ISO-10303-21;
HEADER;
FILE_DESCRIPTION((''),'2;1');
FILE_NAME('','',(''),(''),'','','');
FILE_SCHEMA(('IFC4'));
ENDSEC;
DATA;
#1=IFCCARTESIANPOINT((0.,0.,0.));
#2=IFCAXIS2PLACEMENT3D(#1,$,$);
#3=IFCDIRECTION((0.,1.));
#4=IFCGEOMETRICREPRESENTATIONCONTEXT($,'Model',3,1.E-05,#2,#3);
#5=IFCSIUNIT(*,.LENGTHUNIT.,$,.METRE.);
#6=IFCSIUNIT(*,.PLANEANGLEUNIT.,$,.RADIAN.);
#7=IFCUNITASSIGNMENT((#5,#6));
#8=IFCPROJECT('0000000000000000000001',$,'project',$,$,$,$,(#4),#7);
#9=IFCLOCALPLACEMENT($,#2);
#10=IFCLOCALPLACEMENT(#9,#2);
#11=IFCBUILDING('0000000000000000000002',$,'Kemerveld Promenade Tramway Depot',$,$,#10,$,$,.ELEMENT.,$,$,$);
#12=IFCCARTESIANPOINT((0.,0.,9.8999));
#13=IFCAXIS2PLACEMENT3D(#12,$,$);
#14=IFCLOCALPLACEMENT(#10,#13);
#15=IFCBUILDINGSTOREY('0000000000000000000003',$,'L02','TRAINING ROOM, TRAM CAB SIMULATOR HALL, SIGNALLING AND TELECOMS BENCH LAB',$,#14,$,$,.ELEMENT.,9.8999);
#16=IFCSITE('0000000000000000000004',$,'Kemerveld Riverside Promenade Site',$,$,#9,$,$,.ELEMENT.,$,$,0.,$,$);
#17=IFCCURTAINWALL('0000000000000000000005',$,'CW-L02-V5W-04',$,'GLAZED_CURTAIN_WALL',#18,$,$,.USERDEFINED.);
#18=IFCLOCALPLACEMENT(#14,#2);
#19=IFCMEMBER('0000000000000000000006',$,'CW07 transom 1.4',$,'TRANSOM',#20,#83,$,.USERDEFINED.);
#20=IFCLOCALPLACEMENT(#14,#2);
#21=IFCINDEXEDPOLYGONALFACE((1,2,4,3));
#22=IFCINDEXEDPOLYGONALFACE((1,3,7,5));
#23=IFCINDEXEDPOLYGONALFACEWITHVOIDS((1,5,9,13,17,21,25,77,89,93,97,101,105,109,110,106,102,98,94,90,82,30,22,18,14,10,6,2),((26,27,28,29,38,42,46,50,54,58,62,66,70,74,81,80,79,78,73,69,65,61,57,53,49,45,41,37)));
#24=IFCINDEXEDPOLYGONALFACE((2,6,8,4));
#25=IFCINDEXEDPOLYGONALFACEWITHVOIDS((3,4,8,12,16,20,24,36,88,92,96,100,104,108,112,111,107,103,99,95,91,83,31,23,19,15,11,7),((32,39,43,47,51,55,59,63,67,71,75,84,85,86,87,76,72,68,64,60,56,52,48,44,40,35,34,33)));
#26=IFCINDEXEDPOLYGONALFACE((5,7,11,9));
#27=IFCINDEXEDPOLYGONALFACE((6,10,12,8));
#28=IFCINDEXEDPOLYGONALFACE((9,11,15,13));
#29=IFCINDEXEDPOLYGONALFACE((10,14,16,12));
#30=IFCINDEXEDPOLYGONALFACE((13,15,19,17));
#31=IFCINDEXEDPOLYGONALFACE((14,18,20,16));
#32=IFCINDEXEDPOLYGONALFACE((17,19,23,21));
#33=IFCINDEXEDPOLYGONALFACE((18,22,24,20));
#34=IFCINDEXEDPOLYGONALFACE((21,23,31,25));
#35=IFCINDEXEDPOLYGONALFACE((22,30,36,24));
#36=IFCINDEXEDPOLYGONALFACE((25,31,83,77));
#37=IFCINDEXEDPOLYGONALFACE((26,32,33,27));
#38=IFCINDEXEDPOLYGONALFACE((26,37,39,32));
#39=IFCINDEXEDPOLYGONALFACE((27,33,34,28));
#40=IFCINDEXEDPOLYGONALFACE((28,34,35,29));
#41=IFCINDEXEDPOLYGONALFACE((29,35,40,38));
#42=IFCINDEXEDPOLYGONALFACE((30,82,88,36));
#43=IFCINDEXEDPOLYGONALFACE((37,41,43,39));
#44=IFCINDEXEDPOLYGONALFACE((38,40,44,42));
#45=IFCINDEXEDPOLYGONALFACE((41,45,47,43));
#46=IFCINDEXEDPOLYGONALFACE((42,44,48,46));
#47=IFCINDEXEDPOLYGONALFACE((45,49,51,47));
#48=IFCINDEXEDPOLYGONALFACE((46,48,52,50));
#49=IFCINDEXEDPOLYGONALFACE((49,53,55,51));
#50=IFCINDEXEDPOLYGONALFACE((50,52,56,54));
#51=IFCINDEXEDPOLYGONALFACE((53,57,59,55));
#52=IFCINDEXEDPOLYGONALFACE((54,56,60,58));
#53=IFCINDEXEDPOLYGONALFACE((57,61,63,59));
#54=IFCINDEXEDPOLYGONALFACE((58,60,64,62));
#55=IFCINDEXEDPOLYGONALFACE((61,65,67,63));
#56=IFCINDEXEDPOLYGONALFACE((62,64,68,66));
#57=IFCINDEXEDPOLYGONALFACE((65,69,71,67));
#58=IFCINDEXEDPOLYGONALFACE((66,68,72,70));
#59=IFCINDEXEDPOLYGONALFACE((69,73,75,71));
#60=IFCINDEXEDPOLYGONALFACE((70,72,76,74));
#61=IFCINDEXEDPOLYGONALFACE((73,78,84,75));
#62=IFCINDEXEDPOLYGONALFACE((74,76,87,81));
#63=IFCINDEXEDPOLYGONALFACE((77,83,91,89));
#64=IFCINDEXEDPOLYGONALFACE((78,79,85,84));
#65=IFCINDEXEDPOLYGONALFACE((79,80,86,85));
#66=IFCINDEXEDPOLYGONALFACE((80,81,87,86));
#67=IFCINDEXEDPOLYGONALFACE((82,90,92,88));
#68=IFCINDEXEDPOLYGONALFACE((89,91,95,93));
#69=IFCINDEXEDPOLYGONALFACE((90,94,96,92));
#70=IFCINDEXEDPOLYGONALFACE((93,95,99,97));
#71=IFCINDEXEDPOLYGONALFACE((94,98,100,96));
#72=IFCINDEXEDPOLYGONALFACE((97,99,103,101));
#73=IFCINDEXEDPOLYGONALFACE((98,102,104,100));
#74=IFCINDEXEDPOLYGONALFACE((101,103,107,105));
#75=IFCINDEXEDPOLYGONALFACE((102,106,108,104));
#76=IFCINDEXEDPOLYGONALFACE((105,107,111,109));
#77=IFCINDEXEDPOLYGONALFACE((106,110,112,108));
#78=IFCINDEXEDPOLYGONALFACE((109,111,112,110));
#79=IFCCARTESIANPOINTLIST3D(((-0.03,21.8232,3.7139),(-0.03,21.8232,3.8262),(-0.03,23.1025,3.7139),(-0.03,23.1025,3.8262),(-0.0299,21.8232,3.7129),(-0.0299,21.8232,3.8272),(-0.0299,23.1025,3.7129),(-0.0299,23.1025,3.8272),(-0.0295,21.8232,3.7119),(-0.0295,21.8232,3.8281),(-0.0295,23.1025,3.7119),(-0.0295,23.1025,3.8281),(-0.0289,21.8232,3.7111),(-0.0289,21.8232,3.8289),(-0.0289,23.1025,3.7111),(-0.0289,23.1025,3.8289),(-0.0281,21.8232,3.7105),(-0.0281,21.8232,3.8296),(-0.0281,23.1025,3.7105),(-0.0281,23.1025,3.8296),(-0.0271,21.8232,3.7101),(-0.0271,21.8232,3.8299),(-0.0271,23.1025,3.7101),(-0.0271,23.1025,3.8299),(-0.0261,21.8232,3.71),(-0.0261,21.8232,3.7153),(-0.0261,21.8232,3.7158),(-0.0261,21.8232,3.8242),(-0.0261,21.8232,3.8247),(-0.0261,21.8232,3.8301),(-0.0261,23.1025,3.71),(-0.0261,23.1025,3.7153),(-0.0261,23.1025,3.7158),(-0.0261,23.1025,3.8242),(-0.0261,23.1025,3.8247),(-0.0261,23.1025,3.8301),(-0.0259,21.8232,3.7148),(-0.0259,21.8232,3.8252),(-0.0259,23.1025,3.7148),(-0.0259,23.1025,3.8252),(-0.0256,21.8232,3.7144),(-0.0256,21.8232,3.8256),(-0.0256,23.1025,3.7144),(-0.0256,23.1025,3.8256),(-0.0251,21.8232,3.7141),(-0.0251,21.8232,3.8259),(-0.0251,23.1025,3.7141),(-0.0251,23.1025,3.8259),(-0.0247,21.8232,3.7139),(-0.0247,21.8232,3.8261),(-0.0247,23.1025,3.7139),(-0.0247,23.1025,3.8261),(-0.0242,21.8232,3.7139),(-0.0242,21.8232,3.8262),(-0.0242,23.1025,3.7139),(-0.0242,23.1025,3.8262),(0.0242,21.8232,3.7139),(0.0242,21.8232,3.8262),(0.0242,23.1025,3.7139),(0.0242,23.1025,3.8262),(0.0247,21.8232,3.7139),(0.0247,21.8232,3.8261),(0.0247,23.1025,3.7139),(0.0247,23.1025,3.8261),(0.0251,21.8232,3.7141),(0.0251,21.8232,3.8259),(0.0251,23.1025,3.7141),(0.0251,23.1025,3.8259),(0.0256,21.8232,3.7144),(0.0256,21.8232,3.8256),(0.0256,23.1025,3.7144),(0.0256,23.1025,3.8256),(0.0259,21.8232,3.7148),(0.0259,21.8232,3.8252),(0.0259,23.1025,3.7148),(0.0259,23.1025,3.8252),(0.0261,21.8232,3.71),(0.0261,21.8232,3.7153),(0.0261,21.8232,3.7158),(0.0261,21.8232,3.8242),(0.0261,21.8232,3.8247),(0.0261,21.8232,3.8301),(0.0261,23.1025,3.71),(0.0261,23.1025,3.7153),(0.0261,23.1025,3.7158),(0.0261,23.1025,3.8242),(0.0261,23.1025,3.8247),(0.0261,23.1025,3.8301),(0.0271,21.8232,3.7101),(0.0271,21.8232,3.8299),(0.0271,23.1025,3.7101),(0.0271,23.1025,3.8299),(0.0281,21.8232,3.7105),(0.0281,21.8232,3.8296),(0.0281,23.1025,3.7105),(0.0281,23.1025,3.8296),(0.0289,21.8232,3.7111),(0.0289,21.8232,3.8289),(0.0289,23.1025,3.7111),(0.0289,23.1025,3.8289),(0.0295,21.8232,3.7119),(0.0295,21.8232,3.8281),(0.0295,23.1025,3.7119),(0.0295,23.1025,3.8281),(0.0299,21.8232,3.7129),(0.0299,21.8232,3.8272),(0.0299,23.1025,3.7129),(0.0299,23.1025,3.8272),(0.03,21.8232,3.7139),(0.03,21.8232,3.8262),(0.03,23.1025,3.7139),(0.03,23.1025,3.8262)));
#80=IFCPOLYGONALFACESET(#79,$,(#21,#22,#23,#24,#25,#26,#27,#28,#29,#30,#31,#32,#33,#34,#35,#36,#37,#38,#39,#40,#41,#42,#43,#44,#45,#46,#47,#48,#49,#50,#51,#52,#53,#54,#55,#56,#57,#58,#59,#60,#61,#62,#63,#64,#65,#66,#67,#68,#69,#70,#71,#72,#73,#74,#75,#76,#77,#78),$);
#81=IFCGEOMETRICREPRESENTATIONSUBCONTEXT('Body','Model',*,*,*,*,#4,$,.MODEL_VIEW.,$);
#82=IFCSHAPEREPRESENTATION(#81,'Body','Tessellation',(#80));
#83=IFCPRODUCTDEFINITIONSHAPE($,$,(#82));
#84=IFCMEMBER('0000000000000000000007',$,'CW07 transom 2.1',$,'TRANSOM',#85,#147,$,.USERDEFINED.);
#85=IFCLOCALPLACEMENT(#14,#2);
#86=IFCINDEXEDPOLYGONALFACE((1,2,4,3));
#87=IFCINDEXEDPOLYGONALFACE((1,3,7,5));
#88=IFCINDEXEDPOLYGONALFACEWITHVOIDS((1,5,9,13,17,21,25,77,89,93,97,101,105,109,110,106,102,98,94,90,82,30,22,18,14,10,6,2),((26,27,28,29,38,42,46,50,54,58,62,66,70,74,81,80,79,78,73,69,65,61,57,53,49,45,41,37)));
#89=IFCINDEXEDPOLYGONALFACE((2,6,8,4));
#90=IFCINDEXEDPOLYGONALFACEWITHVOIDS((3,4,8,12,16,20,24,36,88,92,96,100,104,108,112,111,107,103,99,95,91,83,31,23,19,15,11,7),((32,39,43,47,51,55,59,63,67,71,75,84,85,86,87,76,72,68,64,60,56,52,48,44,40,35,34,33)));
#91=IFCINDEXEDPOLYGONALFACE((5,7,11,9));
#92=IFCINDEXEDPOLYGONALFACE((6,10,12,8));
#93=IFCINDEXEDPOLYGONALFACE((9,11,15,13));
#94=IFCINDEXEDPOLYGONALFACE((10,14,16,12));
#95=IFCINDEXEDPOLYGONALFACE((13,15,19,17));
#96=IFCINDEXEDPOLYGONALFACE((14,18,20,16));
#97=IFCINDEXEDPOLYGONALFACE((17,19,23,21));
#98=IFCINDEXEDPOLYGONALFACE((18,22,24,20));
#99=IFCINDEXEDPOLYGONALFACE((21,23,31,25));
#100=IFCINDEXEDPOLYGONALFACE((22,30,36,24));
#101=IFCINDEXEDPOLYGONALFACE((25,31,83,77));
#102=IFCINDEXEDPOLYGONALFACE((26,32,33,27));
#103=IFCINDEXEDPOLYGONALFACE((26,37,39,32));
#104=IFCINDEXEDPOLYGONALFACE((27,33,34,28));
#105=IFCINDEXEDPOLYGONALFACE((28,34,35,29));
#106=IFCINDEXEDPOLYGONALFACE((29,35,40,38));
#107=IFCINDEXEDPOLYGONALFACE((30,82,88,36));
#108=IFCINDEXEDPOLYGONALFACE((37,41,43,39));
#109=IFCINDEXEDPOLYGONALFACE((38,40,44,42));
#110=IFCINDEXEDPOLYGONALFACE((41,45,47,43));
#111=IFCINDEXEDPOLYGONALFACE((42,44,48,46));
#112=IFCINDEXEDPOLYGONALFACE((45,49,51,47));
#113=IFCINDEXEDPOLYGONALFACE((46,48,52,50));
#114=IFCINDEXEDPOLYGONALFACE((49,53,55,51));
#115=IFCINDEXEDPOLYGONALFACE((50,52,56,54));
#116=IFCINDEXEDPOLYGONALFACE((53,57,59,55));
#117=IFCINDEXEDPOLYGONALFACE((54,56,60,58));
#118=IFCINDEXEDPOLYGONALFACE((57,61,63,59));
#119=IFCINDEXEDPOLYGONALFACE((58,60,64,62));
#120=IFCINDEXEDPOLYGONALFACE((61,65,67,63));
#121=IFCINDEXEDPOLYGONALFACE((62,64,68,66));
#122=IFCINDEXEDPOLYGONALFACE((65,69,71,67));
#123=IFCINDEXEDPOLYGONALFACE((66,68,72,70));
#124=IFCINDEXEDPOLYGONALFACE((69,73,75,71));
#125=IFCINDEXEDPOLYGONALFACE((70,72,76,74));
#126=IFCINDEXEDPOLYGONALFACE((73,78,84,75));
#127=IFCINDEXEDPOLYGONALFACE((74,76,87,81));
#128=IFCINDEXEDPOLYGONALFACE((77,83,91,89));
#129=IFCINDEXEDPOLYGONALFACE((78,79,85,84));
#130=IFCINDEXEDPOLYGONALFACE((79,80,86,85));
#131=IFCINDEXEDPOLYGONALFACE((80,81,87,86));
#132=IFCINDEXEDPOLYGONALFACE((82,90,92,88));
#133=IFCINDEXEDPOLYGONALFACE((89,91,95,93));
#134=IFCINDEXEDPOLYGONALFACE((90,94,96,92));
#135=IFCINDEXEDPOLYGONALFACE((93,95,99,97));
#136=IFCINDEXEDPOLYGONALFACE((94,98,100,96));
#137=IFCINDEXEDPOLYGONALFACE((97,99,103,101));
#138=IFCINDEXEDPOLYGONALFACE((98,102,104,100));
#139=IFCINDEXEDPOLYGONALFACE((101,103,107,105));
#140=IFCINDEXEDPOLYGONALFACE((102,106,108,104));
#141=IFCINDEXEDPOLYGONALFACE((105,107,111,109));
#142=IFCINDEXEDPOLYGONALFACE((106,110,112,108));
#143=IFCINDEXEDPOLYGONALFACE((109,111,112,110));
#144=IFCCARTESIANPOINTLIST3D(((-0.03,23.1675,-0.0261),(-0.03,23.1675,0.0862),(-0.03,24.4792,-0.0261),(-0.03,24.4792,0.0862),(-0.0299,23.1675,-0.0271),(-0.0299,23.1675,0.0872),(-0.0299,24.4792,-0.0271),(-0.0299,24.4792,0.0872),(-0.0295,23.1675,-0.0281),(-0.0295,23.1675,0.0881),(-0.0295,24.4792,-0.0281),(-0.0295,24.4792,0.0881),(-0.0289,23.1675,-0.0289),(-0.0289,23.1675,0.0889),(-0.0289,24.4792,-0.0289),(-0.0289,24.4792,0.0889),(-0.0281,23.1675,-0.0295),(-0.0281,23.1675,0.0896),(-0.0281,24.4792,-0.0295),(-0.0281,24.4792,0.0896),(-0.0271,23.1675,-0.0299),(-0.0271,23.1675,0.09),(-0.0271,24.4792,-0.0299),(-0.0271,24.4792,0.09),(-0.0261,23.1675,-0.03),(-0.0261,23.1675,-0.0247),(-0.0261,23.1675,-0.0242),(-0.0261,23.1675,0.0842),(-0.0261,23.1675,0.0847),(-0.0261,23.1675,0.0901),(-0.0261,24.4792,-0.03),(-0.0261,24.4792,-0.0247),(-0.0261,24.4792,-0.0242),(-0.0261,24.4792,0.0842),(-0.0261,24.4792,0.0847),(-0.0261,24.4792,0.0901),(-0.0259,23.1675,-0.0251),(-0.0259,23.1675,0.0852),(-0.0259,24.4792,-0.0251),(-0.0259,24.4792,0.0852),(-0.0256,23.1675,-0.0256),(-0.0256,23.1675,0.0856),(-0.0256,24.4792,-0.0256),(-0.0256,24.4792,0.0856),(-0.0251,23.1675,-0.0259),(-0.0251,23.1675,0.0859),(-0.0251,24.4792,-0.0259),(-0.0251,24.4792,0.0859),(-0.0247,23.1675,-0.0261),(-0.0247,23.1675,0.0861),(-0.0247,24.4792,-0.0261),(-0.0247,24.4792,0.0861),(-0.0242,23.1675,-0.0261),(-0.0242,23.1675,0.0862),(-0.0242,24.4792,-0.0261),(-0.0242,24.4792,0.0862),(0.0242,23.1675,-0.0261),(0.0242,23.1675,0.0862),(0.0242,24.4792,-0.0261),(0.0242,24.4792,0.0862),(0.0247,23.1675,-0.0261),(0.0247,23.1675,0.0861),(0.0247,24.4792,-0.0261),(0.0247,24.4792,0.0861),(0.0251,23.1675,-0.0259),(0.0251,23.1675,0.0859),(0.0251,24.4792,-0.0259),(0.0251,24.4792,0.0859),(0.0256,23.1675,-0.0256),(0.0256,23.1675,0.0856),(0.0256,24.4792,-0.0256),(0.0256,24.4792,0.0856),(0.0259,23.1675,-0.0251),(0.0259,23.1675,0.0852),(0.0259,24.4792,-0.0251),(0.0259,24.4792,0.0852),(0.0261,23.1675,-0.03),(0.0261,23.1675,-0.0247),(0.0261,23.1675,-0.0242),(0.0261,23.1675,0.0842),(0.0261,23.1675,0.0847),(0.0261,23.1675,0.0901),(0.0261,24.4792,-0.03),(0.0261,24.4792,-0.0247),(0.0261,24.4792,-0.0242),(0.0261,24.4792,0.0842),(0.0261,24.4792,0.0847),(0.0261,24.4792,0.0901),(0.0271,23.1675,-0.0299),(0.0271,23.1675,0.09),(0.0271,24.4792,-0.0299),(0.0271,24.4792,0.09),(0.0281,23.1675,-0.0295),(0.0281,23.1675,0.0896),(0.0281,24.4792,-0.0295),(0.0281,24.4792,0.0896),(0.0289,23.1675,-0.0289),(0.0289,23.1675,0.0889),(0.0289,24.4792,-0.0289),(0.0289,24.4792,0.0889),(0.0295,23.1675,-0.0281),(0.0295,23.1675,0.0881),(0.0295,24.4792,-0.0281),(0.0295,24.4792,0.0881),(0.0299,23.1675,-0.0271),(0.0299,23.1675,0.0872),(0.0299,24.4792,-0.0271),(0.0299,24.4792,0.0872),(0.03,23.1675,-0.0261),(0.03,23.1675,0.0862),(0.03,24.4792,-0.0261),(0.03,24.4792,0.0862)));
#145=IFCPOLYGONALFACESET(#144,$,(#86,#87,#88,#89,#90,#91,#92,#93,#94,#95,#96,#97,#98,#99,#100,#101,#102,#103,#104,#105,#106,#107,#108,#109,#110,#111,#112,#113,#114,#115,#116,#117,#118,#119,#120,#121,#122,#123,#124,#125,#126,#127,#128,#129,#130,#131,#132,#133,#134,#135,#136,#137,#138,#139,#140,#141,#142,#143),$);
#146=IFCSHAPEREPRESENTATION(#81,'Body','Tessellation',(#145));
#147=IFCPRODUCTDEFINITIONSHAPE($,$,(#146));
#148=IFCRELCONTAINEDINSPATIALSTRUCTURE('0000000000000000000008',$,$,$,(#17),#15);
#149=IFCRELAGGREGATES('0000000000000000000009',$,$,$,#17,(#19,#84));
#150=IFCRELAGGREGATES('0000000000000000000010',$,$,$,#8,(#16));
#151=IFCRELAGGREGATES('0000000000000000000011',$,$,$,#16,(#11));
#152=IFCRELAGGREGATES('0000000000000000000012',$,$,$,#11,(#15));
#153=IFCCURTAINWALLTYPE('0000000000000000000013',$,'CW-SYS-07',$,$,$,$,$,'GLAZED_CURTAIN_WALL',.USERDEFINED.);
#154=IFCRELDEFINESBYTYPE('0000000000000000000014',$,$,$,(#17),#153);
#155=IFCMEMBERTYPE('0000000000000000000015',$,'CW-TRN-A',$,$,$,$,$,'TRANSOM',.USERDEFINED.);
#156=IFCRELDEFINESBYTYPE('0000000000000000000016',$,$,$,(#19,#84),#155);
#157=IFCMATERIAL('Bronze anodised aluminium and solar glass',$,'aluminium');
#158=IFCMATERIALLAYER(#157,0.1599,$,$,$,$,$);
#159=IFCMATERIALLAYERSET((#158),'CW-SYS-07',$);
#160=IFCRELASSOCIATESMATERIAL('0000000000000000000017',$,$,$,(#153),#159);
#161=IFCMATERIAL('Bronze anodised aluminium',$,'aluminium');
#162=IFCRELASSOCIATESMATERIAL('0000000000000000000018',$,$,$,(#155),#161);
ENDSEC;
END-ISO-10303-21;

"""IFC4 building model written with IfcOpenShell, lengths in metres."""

from ifc_helpers import new_model, si_unit, direction, frame, origin, origin_2d, place, context, subcontext, project, spatial, hollow_rectangle, extrude, material, layer, layer_set, material_profile, profile_set, type_object, element, aggregate, save


model = new_model("IFC4")

# Units and contexts
model_context = context("Model", 3, precision=1e-05, world=origin(), true_north=direction((0.0, 1.0)))
body_context = subcontext(model_context, "Body", "Model", "MODEL_VIEW")
ifc_project = project(units=[si_unit("LENGTHUNIT", "METRE"), si_unit("PLANEANGLEUNIT", "RADIAN")], contexts=[model_context])

# Site, building, storey
site_placement = place(None, origin())
site = spatial("IfcSite", under=ifc_project, at=site_placement, Name="Kemerveld Riverside Promenade Site", CompositionType="ELEMENT", RefElevation=0.0)
building_placement = place(site_placement, origin())
building = spatial("IfcBuilding", under=site, at=building_placement, Name="Kemerveld Promenade Tramway Depot", CompositionType="ELEMENT")
storey_placement = place(building_placement, frame((0.0, 0.0, 9.8999)))
storey = spatial("IfcBuildingStorey", under=building, at=storey_placement, Name="L02", Description="TRAINING ROOM, TRAM CAB SIMULATOR HALL, SIGNALLING AND TELECOMS BENCH LAB", CompositionType="ELEMENT", Elevation=9.8999)

# Curtain wall, members
ifc_material_1 = material(Name="Bronze anodised aluminium and solar glass", Category="aluminium")
ifc_layer_1 = layer(ifc_material_1, 0.1599)
ifc_layer_set_1 = layer_set([ifc_layer_1], Name="CW-SYS-07")
curtain_wall_type = type_object("IfcCurtainWallType", Name="CW-SYS-07", ElementType="GLAZED_CURTAIN_WALL", PredefinedType="USERDEFINED", material=ifc_layer_set_1)
curtain_wall_placement = place(storey_placement, origin())
curtain_wall = element("IfcCurtainWall", 1, at=curtain_wall_placement, inside=storey, type_object=curtain_wall_type, Name="CW-L02-V5W-04", ObjectType="GLAZED_CURTAIN_WALL", PredefinedType="USERDEFINED")
ifc_material_2 = material(Name="Bronze anodised aluminium", Category="aluminium")
ifc_material_profile_1 = material_profile(ifc_material_2, hollow_rectangle(XDim=0.0601, YDim=0.1201, WallThickness=0.0039, InnerFilletRadius=0.002, OuterFilletRadius=0.0039, at=origin_2d()), Name="CW-TRN-120x60")
ifc_profile_set_1 = profile_set([ifc_material_profile_1], Name="Bronze anodised aluminium")
member_type_1 = type_object("IfcMemberType", Name="CW-TRN-A", ElementType="TRANSOM", PredefinedType="USERDEFINED", material=ifc_profile_set_1)
member_1_placement = place(storey_placement, frame((0.0, 21.8232, 3.77), z_axis=(0.0, 1.0, 0.0), x_axis=(-1.0, 0.0, 0.0)))
member_1 = element("IfcMember", 2, at=member_1_placement, type_object=member_type_1, Name="CW07 transom 1.4", ObjectType="TRANSOM", PredefinedType="USERDEFINED", context=body_context, shape_type="SweptSolid", body=[
    extrude(hollow_rectangle(XDim=0.0601, YDim=0.1201, WallThickness=0.0039, InnerFilletRadius=0.002, OuterFilletRadius=0.0039, at=origin_2d()), origin(), (0.0, 0.0, 1.0), 1.2793),
])
member_2_placement = place(storey_placement, frame((0.0, 23.1675, 0.03), z_axis=(0.0, 1.0, 0.0), x_axis=(-1.0, 0.0, 0.0)))
member_2 = element("IfcMember", 3, at=member_2_placement, type_object=member_type_1, Name="CW07 transom 2.1", ObjectType="TRANSOM", PredefinedType="USERDEFINED", context=body_context, shape_type="SweptSolid", body=[
    extrude(hollow_rectangle(XDim=0.0601, YDim=0.1201, WallThickness=0.0039, InnerFilletRadius=0.002, OuterFilletRadius=0.0039, at=origin_2d()), origin(), (0.0, 0.0, 1.0), 1.3118),
])
aggregate(curtain_wall, [member_1, member_2])

save(model, "model.ifc")
